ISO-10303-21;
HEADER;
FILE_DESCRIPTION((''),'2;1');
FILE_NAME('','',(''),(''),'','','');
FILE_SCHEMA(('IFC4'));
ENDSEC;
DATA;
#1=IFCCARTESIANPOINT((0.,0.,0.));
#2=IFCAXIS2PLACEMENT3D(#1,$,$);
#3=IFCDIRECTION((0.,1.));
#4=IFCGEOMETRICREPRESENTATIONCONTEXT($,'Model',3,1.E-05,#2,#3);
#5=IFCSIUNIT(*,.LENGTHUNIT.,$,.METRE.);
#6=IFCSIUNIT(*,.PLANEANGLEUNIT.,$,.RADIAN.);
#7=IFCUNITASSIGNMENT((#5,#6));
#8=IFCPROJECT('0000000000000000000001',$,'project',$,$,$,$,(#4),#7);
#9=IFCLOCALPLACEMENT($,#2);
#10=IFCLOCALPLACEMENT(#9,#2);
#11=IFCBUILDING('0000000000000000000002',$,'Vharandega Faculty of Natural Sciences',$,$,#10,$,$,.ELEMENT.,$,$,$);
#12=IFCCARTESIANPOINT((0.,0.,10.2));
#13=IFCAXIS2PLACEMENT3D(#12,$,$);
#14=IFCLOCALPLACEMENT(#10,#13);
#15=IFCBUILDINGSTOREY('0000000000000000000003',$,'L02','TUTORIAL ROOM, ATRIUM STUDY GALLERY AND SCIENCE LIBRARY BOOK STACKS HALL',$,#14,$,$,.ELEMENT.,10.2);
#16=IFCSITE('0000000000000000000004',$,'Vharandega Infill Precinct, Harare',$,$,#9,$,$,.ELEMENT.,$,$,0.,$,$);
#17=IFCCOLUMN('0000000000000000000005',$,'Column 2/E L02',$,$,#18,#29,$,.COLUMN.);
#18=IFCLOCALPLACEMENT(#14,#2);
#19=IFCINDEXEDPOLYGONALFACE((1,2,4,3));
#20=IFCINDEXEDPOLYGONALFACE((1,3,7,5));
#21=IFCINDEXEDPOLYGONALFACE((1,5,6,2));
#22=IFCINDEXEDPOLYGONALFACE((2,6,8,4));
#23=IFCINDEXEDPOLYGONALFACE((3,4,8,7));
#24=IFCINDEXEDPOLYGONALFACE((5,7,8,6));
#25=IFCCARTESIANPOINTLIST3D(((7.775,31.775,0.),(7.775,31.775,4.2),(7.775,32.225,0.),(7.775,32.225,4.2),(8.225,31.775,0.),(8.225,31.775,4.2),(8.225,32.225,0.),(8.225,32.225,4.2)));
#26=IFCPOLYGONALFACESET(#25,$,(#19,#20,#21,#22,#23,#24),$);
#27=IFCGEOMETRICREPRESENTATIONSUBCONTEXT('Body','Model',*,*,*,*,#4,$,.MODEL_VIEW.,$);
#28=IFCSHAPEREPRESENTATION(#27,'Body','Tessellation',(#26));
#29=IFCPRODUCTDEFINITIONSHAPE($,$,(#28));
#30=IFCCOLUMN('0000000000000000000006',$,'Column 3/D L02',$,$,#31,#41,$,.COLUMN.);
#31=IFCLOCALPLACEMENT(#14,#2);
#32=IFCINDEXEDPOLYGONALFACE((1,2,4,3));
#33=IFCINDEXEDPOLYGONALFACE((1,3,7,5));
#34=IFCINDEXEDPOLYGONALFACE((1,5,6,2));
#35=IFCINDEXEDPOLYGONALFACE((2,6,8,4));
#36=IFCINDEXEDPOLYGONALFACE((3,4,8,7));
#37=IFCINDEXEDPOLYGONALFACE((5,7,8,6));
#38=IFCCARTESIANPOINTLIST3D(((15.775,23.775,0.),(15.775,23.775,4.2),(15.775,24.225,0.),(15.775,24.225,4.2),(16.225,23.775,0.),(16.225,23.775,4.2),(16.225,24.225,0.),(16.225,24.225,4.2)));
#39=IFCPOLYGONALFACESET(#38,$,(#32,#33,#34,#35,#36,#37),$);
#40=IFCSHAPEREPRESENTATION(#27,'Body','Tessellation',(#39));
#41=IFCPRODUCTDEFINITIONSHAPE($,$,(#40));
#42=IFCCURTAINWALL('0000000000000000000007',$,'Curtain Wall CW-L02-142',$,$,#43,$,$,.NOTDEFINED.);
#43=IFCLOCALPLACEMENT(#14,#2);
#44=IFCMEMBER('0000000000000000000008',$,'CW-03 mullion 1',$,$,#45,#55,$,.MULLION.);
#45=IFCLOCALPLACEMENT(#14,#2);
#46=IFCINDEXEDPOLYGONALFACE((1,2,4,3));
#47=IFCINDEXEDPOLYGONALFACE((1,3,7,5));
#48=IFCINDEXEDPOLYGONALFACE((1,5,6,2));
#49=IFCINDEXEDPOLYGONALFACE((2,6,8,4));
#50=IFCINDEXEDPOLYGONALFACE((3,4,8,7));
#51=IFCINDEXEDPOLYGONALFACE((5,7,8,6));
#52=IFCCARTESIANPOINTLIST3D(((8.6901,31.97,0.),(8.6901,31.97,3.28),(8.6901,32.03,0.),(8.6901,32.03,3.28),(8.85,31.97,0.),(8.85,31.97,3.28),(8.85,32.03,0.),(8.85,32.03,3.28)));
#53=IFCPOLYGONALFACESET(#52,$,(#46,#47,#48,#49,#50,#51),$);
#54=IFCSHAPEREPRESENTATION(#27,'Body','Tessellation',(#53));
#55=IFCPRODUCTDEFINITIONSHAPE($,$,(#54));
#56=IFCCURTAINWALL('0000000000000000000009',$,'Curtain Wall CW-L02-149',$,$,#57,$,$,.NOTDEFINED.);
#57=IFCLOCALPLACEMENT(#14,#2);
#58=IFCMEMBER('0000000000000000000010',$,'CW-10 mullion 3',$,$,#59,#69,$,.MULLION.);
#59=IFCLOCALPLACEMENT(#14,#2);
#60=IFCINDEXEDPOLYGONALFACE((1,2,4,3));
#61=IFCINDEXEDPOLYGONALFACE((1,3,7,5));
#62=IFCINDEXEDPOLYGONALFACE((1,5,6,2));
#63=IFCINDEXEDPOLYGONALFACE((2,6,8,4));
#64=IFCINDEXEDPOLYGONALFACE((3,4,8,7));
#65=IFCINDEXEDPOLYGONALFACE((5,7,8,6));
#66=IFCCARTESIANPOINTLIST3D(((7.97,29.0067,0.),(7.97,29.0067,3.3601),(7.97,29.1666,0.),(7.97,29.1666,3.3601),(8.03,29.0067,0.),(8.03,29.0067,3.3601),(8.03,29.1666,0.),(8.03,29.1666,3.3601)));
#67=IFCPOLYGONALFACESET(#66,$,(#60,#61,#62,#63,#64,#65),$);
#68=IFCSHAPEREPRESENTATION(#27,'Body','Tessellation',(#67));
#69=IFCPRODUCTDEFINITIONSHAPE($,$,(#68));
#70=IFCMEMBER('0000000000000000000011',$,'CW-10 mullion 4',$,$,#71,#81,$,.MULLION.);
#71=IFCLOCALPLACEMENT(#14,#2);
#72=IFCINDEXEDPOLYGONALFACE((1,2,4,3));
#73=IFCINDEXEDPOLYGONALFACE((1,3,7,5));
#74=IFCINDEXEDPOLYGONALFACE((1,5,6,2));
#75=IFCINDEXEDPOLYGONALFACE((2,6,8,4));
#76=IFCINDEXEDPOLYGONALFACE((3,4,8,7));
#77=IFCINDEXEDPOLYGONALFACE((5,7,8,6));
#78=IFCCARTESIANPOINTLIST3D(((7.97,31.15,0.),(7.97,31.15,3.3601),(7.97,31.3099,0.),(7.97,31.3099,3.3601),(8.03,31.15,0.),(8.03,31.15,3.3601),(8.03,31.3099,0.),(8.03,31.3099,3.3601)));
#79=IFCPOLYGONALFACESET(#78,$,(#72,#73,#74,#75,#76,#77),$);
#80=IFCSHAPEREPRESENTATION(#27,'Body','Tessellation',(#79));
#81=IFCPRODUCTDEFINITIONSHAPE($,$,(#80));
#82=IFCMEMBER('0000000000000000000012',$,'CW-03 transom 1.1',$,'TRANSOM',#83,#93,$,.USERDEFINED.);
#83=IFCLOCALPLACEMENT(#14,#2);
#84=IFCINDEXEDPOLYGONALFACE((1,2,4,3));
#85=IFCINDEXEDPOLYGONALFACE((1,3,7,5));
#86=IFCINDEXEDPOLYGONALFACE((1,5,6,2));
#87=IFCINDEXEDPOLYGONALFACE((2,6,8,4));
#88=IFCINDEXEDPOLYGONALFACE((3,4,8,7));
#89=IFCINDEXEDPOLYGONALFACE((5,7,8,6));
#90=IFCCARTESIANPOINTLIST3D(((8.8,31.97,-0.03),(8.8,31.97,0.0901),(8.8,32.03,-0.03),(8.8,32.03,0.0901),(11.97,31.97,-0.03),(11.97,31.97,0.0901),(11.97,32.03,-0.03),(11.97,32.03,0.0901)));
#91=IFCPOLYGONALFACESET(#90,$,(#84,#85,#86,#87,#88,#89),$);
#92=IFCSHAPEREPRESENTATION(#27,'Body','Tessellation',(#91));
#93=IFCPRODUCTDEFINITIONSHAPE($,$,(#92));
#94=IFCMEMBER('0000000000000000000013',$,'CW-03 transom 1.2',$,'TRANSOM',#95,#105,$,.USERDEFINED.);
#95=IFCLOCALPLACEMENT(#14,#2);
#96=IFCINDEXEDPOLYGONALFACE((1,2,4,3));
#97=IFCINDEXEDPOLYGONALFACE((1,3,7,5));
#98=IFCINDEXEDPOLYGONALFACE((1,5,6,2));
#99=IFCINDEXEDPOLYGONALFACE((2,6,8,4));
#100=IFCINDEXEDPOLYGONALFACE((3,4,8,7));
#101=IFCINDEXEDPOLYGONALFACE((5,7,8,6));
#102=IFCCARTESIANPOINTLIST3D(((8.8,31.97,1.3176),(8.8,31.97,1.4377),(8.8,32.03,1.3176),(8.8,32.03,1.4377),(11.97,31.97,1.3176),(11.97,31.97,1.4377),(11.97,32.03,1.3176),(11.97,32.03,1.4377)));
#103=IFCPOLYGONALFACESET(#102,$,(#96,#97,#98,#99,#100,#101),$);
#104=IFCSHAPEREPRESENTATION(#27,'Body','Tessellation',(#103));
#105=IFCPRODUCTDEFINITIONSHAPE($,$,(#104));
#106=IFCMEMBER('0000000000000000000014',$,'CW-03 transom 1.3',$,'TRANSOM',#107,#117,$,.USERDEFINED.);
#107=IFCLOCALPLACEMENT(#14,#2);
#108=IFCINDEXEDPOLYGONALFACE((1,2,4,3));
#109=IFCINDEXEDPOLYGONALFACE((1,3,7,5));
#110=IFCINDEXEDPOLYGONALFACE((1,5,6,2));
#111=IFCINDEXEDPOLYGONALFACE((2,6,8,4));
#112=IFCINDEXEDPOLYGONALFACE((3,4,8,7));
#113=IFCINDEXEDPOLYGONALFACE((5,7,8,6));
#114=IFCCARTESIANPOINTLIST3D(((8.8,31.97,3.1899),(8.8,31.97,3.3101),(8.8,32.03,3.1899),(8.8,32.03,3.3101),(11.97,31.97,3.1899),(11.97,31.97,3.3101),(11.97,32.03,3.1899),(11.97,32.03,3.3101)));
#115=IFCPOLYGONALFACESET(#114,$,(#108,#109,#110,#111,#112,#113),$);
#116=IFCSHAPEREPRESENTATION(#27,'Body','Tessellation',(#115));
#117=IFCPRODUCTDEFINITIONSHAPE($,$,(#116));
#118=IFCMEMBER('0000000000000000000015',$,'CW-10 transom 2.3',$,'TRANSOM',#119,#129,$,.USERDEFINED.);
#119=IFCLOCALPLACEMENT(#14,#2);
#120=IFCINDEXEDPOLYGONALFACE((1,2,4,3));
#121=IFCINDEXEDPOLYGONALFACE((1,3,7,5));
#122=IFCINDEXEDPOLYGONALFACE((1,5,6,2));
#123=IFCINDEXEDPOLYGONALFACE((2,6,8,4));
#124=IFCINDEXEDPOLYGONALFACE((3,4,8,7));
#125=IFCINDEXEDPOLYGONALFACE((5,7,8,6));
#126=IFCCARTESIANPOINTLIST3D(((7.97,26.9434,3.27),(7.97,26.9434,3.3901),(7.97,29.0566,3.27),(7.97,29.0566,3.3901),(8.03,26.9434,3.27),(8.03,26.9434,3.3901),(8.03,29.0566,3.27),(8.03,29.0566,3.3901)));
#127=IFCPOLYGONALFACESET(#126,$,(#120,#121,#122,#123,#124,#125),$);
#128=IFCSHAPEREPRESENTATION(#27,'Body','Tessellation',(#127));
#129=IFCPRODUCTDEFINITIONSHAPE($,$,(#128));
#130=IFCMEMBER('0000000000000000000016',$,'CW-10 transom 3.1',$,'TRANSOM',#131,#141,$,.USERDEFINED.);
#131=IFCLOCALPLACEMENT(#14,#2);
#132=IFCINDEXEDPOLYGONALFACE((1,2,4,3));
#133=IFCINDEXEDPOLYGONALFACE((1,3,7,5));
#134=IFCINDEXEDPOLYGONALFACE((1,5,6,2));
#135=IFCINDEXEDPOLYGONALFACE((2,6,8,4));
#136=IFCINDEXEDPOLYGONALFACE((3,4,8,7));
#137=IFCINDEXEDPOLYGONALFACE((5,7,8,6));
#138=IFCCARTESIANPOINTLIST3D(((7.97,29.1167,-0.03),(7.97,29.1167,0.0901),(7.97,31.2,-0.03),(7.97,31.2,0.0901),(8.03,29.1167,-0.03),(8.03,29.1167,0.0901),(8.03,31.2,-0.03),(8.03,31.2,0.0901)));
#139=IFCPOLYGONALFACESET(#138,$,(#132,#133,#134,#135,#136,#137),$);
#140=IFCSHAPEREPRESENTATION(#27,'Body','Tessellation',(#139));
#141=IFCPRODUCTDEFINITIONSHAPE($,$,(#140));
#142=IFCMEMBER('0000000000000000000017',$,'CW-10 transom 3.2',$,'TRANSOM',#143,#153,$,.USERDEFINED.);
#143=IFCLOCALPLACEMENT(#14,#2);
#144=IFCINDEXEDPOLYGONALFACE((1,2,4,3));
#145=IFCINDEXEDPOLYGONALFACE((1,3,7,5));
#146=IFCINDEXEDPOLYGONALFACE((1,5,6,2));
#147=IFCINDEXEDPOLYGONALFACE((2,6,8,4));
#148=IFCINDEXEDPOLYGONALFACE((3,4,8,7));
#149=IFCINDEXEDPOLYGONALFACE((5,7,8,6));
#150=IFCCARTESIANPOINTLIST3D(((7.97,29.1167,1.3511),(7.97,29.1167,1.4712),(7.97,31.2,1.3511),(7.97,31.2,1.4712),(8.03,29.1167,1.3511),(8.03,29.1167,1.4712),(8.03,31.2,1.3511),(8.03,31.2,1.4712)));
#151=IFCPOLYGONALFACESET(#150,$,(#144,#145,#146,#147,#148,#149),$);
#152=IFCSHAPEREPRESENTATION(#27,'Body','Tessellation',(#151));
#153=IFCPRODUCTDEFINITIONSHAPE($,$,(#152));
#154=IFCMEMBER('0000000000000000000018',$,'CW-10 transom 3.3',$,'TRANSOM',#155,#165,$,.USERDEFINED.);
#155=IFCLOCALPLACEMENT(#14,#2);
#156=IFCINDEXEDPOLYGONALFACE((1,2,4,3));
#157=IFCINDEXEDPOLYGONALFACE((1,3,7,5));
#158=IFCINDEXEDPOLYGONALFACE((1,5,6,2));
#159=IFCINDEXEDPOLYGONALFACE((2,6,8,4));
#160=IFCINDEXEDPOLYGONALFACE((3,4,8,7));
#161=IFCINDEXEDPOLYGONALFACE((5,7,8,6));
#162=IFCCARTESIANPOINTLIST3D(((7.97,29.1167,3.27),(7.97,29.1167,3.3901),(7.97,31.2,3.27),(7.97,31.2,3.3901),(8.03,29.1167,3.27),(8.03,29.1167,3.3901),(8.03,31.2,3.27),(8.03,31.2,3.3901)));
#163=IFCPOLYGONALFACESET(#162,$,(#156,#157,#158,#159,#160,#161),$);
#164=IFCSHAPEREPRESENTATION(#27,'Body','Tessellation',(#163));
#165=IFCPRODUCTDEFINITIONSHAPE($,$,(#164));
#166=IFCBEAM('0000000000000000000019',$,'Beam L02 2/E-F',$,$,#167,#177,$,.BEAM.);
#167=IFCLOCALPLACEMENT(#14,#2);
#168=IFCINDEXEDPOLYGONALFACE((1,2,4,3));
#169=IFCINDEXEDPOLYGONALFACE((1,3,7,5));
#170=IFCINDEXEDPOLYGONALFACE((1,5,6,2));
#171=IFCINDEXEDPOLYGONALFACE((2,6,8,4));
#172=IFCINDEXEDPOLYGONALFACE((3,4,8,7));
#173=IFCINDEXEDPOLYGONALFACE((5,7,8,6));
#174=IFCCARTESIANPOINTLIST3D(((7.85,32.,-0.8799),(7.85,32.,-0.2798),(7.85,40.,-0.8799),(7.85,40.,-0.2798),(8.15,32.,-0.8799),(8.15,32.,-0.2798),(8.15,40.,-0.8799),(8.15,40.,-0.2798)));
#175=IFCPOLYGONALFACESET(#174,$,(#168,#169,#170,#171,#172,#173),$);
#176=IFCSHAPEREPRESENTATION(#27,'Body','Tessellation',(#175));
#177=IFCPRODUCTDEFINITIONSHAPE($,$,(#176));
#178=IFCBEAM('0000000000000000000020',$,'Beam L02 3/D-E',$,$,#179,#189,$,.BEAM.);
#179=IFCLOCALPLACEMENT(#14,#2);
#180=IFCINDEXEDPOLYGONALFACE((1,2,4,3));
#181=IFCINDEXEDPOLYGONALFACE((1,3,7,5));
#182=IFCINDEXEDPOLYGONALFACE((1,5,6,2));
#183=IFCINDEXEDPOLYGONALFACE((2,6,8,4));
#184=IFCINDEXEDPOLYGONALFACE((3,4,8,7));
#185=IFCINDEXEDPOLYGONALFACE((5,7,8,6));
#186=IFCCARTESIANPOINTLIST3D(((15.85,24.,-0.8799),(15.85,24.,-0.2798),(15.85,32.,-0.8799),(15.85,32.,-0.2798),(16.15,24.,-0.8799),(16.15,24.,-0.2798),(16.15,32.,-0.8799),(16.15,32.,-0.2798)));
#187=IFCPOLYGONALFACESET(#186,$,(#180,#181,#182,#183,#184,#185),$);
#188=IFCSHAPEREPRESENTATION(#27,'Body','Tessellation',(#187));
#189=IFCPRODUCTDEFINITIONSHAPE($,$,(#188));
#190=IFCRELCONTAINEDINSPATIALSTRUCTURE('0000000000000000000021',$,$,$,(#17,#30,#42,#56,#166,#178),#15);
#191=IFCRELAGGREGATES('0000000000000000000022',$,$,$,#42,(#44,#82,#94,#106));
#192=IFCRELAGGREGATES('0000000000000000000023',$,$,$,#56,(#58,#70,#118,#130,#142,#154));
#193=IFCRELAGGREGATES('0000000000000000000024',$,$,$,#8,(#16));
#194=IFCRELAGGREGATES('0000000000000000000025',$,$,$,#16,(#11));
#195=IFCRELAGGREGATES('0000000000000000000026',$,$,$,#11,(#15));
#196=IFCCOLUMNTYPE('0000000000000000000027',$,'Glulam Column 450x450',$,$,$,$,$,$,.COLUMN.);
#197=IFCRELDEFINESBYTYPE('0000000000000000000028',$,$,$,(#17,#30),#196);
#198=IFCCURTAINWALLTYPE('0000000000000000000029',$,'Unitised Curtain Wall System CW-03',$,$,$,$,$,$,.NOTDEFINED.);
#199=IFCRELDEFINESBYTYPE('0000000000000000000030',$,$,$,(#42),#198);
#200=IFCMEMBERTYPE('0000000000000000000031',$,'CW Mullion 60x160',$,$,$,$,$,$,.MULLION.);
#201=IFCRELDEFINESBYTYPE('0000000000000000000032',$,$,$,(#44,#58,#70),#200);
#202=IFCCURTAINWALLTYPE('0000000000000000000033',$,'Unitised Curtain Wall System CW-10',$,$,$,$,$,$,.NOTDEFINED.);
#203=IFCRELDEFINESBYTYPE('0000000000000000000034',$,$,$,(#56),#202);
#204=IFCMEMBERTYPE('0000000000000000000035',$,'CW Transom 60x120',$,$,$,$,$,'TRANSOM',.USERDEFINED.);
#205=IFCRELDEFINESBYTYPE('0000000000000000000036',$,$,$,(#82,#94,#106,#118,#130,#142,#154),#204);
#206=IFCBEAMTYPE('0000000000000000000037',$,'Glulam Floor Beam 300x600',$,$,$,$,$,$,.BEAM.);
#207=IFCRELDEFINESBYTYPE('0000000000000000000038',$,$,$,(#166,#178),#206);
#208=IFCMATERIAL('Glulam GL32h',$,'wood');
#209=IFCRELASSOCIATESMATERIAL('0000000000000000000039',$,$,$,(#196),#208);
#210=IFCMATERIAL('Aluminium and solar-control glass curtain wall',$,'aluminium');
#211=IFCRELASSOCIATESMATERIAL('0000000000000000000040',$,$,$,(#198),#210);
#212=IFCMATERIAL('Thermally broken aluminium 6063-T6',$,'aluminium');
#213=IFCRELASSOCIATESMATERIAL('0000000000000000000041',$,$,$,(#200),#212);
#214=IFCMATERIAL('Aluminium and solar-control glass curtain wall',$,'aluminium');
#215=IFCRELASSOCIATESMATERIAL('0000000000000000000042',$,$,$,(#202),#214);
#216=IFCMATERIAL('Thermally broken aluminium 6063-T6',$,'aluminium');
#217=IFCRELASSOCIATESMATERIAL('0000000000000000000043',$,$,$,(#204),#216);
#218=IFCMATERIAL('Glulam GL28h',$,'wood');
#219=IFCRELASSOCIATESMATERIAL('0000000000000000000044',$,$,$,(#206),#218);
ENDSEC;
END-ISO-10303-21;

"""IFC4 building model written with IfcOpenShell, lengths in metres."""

from ifc_helpers import new_model, si_unit, direction, frame, origin, origin_2d, place, context, subcontext, project, spatial, rectangle, extrude, material, material_profile, profile_set, type_object, element, aggregate, save


model = new_model("IFC4")

# Units and contexts
model_context = context("Model", 3, precision=1e-05, world=origin(), true_north=direction((0.0, 1.0)))
body_context = subcontext(model_context, "Body", "Model", "MODEL_VIEW")
ifc_project = project(units=[si_unit("LENGTHUNIT", "METRE"), si_unit("PLANEANGLEUNIT", "RADIAN")], contexts=[model_context])

# Site, building, storey
site_placement = place(None, origin())
site = spatial("IfcSite", under=ifc_project, at=site_placement, Name="Vharandega Infill Precinct, Harare", CompositionType="ELEMENT", RefElevation=0.0)
building_placement = place(site_placement, origin())
building = spatial("IfcBuilding", under=site, at=building_placement, Name="Vharandega Faculty of Natural Sciences", CompositionType="ELEMENT")
storey_placement = place(building_placement, frame((0.0, 0.0, 10.2)))
storey = spatial("IfcBuildingStorey", under=building, at=storey_placement, Name="L02", Description="TUTORIAL ROOM, ATRIUM STUDY GALLERY AND SCIENCE LIBRARY BOOK STACKS HALL", CompositionType="ELEMENT", Elevation=10.2)

# Columns
ifc_material_1 = material(Name="Glulam GL32h", Category="wood")
ifc_material_profile_1 = material_profile(ifc_material_1, rectangle(XDim=0.45, YDim=0.45, at=origin_2d()), Name="GL32h 450x450")
ifc_profile_set_1 = profile_set([ifc_material_profile_1], Name="Glulam GL32h")
column_type = type_object("IfcColumnType", Name="Glulam Column 450x450", PredefinedType="COLUMN", material=ifc_profile_set_1)
for number, where, z_axis, x_axis, name in (
    (1, (8.0, 32.0, 0.0), (0.0, 0.0, 1.0), (1.0, 0.0, 0.0), "Column 2/E L02"),
    (2, (16.0, 24.0, 0.0), (0.0, 0.0, 1.0), (1.0, 0.0, 0.0), "Column 3/D L02"),
):
    element("IfcColumn", number, at=place(storey_placement, frame(where, z_axis=z_axis, x_axis=x_axis)), inside=storey, type_object=column_type, Name=name, PredefinedType="COLUMN", context=body_context, shape_type="SweptSolid", body=[
        extrude(rectangle(XDim=0.45, YDim=0.45, at=origin_2d()), origin(), (0.0, 0.0, 1.0), 4.2),
    ])

# Curtain wall, member
ifc_material_2 = material(Name="Aluminium and solar-control glass curtain wall", Category="aluminium")
curtain_wall_type_1 = type_object("IfcCurtainWallType", Name="Unitised Curtain Wall System CW-03", PredefinedType="NOTDEFINED", material=ifc_material_2)
curtain_wall_1_placement = place(storey_placement, origin())
curtain_wall_1 = element("IfcCurtainWall", 3, at=curtain_wall_1_placement, inside=storey, type_object=curtain_wall_type_1, Name="Curtain Wall CW-L02-142", PredefinedType="NOTDEFINED")
ifc_material_3 = material(Name="Thermally broken aluminium 6063-T6", Category="aluminium")
ifc_material_profile_2 = material_profile(ifc_material_3, rectangle(XDim=0.0601, YDim=0.1599, at=origin_2d()), Name="ALU 60x160")
ifc_profile_set_2 = profile_set([ifc_material_profile_2], Name="Thermally broken aluminium 6063-T6")
member_type_1 = type_object("IfcMemberType", Name="CW Mullion 60x160", PredefinedType="MULLION", material=ifc_profile_set_2)
member_1_placement = place(storey_placement, frame((8.77, 32.0, 0.0), z_axis=(0.0, 0.0, 1.0), x_axis=(0.0, 1.0, 0.0)))
member_1 = element("IfcMember", 4, at=member_1_placement, type_object=member_type_1, Name="CW-03 mullion 1", PredefinedType="MULLION", context=body_context, shape_type="SweptSolid", body=[
    extrude(rectangle(XDim=0.0601, YDim=0.1599, at=origin_2d()), origin(), (0.0, 0.0, 1.0), 3.28),
])

# Curtain wall, members
ifc_material_4 = material(Name="Aluminium and solar-control glass curtain wall", Category="aluminium")
curtain_wall_type_2 = type_object("IfcCurtainWallType", Name="Unitised Curtain Wall System CW-10", PredefinedType="NOTDEFINED", material=ifc_material_4)
curtain_wall_2_placement = place(storey_placement, origin())
curtain_wall_2 = element("IfcCurtainWall", 5, at=curtain_wall_2_placement, inside=storey, type_object=curtain_wall_type_2, Name="Curtain Wall CW-L02-149", PredefinedType="NOTDEFINED")
member_2_placement = place(storey_placement, frame((8.0, 29.0867, 0.0), z_axis=(0.0, 0.0, 1.0), x_axis=(-1.0, 0.0, 0.0)))
member_2 = element("IfcMember", 6, at=member_2_placement, type_object=member_type_1, Name="CW-10 mullion 3", PredefinedType="MULLION", context=body_context, shape_type="SweptSolid", body=[
    extrude(rectangle(XDim=0.0601, YDim=0.1599, at=origin_2d()), origin(), (0.0, 0.0, 1.0), 3.3601),
])
member_3_placement = place(storey_placement, frame((8.0, 31.23, 0.0), z_axis=(0.0, 0.0, 1.0), x_axis=(-1.0, 0.0, 0.0)))
member_3 = element("IfcMember", 7, at=member_3_placement, type_object=member_type_1, Name="CW-10 mullion 4", PredefinedType="MULLION", context=body_context, shape_type="SweptSolid", body=[
    extrude(rectangle(XDim=0.0601, YDim=0.1599, at=origin_2d()), origin(), (0.0, 0.0, 1.0), 3.3601),
])

# Members
ifc_material_5 = material(Name="Thermally broken aluminium 6063-T6", Category="aluminium")
ifc_material_profile_3 = material_profile(ifc_material_5, rectangle(XDim=0.0601, YDim=0.1201, at=origin_2d()), Name="ALU 60x120")
ifc_profile_set_3 = profile_set([ifc_material_profile_3], Name="Thermally broken aluminium 6063-T6")
member_type_2 = type_object("IfcMemberType", Name="CW Transom 60x120", ElementType="TRANSOM", PredefinedType="USERDEFINED", material=ifc_profile_set_3)
member_4_placement = place(storey_placement, frame((8.8, 32.0, 0.03), z_axis=(1.0, 0.0, 0.0), x_axis=(0.0, 1.0, 0.0)))
member_4 = element("IfcMember", 8, at=member_4_placement, type_object=member_type_2, Name="CW-03 transom 1.1", ObjectType="TRANSOM", PredefinedType="USERDEFINED", context=body_context, shape_type="SweptSolid", body=[
    extrude(rectangle(XDim=0.0601, YDim=0.1201, at=origin_2d()), origin(), (0.0, 0.0, 1.0), 3.1699),
])
member_5_placement = place(storey_placement, frame((8.8, 32.0, 1.3777), z_axis=(1.0, 0.0, 0.0), x_axis=(0.0, 1.0, 0.0)))
member_5 = element("IfcMember", 9, at=member_5_placement, type_object=member_type_2, Name="CW-03 transom 1.2", ObjectType="TRANSOM", PredefinedType="USERDEFINED", context=body_context, shape_type="SweptSolid", body=[
    extrude(rectangle(XDim=0.0601, YDim=0.1201, at=origin_2d()), origin(), (0.0, 0.0, 1.0), 3.1699),
])
member_6_placement = place(storey_placement, frame((8.8, 32.0, 3.25), z_axis=(1.0, 0.0, 0.0), x_axis=(0.0, 1.0, 0.0)))
member_6 = element("IfcMember", 10, at=member_6_placement, type_object=member_type_2, Name="CW-03 transom 1.3", ObjectType="TRANSOM", PredefinedType="USERDEFINED", context=body_context, shape_type="SweptSolid", body=[
    extrude(rectangle(XDim=0.0601, YDim=0.1201, at=origin_2d()), origin(), (0.0, 0.0, 1.0), 3.1699),
])
member_7_placement = place(storey_placement, frame((8.0, 26.9434, 3.3301), z_axis=(0.0, 1.0, 0.0), x_axis=(-1.0, 0.0, 0.0)))
member_7 = element("IfcMember", 11, at=member_7_placement, type_object=member_type_2, Name="CW-10 transom 2.3", ObjectType="TRANSOM", PredefinedType="USERDEFINED", context=body_context, shape_type="SweptSolid", body=[
    extrude(rectangle(XDim=0.0601, YDim=0.1201, at=origin_2d()), origin(), (0.0, 0.0, 1.0), 2.1133),
])
member_8_placement = place(storey_placement, frame((8.0, 29.1167, 0.03), z_axis=(0.0, 1.0, 0.0), x_axis=(-1.0, 0.0, 0.0)))
member_8 = element("IfcMember", 12, at=member_8_placement, type_object=member_type_2, Name="CW-10 transom 3.1", ObjectType="TRANSOM", PredefinedType="USERDEFINED", context=body_context, shape_type="SweptSolid", body=[
    extrude(rectangle(XDim=0.0601, YDim=0.1201, at=origin_2d()), origin(), (0.0, 0.0, 1.0), 2.0833),
])
member_9_placement = place(storey_placement, frame((8.0, 29.1167, 1.4111), z_axis=(0.0, 1.0, 0.0), x_axis=(-1.0, 0.0, 0.0)))
member_9 = element("IfcMember", 13, at=member_9_placement, type_object=member_type_2, Name="CW-10 transom 3.2", ObjectType="TRANSOM", PredefinedType="USERDEFINED", context=body_context, shape_type="SweptSolid", body=[
    extrude(rectangle(XDim=0.0601, YDim=0.1201, at=origin_2d()), origin(), (0.0, 0.0, 1.0), 2.0833),
])
member_10_placement = place(storey_placement, frame((8.0, 29.1167, 3.3301), z_axis=(0.0, 1.0, 0.0), x_axis=(-1.0, 0.0, 0.0)))
member_10 = element("IfcMember", 14, at=member_10_placement, type_object=member_type_2, Name="CW-10 transom 3.3", ObjectType="TRANSOM", PredefinedType="USERDEFINED", context=body_context, shape_type="SweptSolid", body=[
    extrude(rectangle(XDim=0.0601, YDim=0.1201, at=origin_2d()), origin(), (0.0, 0.0, 1.0), 2.0833),
])

# Beams
ifc_material_6 = material(Name="Glulam GL28h", Category="wood")
ifc_material_profile_4 = material_profile(ifc_material_6, rectangle(XDim=0.3, YDim=0.6001, at=origin_2d()), Name="GL28h 300x600")
ifc_profile_set_4 = profile_set([ifc_material_profile_4], Name="Glulam GL28h")
beam_type_1 = type_object("IfcBeamType", Name="Glulam Floor Beam 300x600", PredefinedType="BEAM", material=ifc_profile_set_4)
for number, where, z_axis, x_axis, name in (
    (15, (8.0, 32.0, -0.5798), (0.0, 1.0, 0.0), (-1.0, 0.0, 0.0), "Beam L02 2/E-F"),
    (16, (16.0, 24.0, -0.5798), (0.0, 1.0, 0.0), (-1.0, 0.0, 0.0), "Beam L02 3/D-E"),
):
    element("IfcBeam", number, at=place(storey_placement, frame(where, z_axis=z_axis, x_axis=x_axis)), inside=storey, type_object=beam_type_1, Name=name, PredefinedType="BEAM", context=body_context, shape_type="SweptSolid", body=[
        extrude(rectangle(XDim=0.3, YDim=0.6001, at=origin_2d()), origin(), (0.0, 0.0, 1.0), 8.0),
    ])

aggregate(curtain_wall_1, [member_1, member_4, member_5, member_6])
aggregate(curtain_wall_2, [member_2, member_3, member_7, member_8, member_9, member_10])

save(model, "model.ifc")
